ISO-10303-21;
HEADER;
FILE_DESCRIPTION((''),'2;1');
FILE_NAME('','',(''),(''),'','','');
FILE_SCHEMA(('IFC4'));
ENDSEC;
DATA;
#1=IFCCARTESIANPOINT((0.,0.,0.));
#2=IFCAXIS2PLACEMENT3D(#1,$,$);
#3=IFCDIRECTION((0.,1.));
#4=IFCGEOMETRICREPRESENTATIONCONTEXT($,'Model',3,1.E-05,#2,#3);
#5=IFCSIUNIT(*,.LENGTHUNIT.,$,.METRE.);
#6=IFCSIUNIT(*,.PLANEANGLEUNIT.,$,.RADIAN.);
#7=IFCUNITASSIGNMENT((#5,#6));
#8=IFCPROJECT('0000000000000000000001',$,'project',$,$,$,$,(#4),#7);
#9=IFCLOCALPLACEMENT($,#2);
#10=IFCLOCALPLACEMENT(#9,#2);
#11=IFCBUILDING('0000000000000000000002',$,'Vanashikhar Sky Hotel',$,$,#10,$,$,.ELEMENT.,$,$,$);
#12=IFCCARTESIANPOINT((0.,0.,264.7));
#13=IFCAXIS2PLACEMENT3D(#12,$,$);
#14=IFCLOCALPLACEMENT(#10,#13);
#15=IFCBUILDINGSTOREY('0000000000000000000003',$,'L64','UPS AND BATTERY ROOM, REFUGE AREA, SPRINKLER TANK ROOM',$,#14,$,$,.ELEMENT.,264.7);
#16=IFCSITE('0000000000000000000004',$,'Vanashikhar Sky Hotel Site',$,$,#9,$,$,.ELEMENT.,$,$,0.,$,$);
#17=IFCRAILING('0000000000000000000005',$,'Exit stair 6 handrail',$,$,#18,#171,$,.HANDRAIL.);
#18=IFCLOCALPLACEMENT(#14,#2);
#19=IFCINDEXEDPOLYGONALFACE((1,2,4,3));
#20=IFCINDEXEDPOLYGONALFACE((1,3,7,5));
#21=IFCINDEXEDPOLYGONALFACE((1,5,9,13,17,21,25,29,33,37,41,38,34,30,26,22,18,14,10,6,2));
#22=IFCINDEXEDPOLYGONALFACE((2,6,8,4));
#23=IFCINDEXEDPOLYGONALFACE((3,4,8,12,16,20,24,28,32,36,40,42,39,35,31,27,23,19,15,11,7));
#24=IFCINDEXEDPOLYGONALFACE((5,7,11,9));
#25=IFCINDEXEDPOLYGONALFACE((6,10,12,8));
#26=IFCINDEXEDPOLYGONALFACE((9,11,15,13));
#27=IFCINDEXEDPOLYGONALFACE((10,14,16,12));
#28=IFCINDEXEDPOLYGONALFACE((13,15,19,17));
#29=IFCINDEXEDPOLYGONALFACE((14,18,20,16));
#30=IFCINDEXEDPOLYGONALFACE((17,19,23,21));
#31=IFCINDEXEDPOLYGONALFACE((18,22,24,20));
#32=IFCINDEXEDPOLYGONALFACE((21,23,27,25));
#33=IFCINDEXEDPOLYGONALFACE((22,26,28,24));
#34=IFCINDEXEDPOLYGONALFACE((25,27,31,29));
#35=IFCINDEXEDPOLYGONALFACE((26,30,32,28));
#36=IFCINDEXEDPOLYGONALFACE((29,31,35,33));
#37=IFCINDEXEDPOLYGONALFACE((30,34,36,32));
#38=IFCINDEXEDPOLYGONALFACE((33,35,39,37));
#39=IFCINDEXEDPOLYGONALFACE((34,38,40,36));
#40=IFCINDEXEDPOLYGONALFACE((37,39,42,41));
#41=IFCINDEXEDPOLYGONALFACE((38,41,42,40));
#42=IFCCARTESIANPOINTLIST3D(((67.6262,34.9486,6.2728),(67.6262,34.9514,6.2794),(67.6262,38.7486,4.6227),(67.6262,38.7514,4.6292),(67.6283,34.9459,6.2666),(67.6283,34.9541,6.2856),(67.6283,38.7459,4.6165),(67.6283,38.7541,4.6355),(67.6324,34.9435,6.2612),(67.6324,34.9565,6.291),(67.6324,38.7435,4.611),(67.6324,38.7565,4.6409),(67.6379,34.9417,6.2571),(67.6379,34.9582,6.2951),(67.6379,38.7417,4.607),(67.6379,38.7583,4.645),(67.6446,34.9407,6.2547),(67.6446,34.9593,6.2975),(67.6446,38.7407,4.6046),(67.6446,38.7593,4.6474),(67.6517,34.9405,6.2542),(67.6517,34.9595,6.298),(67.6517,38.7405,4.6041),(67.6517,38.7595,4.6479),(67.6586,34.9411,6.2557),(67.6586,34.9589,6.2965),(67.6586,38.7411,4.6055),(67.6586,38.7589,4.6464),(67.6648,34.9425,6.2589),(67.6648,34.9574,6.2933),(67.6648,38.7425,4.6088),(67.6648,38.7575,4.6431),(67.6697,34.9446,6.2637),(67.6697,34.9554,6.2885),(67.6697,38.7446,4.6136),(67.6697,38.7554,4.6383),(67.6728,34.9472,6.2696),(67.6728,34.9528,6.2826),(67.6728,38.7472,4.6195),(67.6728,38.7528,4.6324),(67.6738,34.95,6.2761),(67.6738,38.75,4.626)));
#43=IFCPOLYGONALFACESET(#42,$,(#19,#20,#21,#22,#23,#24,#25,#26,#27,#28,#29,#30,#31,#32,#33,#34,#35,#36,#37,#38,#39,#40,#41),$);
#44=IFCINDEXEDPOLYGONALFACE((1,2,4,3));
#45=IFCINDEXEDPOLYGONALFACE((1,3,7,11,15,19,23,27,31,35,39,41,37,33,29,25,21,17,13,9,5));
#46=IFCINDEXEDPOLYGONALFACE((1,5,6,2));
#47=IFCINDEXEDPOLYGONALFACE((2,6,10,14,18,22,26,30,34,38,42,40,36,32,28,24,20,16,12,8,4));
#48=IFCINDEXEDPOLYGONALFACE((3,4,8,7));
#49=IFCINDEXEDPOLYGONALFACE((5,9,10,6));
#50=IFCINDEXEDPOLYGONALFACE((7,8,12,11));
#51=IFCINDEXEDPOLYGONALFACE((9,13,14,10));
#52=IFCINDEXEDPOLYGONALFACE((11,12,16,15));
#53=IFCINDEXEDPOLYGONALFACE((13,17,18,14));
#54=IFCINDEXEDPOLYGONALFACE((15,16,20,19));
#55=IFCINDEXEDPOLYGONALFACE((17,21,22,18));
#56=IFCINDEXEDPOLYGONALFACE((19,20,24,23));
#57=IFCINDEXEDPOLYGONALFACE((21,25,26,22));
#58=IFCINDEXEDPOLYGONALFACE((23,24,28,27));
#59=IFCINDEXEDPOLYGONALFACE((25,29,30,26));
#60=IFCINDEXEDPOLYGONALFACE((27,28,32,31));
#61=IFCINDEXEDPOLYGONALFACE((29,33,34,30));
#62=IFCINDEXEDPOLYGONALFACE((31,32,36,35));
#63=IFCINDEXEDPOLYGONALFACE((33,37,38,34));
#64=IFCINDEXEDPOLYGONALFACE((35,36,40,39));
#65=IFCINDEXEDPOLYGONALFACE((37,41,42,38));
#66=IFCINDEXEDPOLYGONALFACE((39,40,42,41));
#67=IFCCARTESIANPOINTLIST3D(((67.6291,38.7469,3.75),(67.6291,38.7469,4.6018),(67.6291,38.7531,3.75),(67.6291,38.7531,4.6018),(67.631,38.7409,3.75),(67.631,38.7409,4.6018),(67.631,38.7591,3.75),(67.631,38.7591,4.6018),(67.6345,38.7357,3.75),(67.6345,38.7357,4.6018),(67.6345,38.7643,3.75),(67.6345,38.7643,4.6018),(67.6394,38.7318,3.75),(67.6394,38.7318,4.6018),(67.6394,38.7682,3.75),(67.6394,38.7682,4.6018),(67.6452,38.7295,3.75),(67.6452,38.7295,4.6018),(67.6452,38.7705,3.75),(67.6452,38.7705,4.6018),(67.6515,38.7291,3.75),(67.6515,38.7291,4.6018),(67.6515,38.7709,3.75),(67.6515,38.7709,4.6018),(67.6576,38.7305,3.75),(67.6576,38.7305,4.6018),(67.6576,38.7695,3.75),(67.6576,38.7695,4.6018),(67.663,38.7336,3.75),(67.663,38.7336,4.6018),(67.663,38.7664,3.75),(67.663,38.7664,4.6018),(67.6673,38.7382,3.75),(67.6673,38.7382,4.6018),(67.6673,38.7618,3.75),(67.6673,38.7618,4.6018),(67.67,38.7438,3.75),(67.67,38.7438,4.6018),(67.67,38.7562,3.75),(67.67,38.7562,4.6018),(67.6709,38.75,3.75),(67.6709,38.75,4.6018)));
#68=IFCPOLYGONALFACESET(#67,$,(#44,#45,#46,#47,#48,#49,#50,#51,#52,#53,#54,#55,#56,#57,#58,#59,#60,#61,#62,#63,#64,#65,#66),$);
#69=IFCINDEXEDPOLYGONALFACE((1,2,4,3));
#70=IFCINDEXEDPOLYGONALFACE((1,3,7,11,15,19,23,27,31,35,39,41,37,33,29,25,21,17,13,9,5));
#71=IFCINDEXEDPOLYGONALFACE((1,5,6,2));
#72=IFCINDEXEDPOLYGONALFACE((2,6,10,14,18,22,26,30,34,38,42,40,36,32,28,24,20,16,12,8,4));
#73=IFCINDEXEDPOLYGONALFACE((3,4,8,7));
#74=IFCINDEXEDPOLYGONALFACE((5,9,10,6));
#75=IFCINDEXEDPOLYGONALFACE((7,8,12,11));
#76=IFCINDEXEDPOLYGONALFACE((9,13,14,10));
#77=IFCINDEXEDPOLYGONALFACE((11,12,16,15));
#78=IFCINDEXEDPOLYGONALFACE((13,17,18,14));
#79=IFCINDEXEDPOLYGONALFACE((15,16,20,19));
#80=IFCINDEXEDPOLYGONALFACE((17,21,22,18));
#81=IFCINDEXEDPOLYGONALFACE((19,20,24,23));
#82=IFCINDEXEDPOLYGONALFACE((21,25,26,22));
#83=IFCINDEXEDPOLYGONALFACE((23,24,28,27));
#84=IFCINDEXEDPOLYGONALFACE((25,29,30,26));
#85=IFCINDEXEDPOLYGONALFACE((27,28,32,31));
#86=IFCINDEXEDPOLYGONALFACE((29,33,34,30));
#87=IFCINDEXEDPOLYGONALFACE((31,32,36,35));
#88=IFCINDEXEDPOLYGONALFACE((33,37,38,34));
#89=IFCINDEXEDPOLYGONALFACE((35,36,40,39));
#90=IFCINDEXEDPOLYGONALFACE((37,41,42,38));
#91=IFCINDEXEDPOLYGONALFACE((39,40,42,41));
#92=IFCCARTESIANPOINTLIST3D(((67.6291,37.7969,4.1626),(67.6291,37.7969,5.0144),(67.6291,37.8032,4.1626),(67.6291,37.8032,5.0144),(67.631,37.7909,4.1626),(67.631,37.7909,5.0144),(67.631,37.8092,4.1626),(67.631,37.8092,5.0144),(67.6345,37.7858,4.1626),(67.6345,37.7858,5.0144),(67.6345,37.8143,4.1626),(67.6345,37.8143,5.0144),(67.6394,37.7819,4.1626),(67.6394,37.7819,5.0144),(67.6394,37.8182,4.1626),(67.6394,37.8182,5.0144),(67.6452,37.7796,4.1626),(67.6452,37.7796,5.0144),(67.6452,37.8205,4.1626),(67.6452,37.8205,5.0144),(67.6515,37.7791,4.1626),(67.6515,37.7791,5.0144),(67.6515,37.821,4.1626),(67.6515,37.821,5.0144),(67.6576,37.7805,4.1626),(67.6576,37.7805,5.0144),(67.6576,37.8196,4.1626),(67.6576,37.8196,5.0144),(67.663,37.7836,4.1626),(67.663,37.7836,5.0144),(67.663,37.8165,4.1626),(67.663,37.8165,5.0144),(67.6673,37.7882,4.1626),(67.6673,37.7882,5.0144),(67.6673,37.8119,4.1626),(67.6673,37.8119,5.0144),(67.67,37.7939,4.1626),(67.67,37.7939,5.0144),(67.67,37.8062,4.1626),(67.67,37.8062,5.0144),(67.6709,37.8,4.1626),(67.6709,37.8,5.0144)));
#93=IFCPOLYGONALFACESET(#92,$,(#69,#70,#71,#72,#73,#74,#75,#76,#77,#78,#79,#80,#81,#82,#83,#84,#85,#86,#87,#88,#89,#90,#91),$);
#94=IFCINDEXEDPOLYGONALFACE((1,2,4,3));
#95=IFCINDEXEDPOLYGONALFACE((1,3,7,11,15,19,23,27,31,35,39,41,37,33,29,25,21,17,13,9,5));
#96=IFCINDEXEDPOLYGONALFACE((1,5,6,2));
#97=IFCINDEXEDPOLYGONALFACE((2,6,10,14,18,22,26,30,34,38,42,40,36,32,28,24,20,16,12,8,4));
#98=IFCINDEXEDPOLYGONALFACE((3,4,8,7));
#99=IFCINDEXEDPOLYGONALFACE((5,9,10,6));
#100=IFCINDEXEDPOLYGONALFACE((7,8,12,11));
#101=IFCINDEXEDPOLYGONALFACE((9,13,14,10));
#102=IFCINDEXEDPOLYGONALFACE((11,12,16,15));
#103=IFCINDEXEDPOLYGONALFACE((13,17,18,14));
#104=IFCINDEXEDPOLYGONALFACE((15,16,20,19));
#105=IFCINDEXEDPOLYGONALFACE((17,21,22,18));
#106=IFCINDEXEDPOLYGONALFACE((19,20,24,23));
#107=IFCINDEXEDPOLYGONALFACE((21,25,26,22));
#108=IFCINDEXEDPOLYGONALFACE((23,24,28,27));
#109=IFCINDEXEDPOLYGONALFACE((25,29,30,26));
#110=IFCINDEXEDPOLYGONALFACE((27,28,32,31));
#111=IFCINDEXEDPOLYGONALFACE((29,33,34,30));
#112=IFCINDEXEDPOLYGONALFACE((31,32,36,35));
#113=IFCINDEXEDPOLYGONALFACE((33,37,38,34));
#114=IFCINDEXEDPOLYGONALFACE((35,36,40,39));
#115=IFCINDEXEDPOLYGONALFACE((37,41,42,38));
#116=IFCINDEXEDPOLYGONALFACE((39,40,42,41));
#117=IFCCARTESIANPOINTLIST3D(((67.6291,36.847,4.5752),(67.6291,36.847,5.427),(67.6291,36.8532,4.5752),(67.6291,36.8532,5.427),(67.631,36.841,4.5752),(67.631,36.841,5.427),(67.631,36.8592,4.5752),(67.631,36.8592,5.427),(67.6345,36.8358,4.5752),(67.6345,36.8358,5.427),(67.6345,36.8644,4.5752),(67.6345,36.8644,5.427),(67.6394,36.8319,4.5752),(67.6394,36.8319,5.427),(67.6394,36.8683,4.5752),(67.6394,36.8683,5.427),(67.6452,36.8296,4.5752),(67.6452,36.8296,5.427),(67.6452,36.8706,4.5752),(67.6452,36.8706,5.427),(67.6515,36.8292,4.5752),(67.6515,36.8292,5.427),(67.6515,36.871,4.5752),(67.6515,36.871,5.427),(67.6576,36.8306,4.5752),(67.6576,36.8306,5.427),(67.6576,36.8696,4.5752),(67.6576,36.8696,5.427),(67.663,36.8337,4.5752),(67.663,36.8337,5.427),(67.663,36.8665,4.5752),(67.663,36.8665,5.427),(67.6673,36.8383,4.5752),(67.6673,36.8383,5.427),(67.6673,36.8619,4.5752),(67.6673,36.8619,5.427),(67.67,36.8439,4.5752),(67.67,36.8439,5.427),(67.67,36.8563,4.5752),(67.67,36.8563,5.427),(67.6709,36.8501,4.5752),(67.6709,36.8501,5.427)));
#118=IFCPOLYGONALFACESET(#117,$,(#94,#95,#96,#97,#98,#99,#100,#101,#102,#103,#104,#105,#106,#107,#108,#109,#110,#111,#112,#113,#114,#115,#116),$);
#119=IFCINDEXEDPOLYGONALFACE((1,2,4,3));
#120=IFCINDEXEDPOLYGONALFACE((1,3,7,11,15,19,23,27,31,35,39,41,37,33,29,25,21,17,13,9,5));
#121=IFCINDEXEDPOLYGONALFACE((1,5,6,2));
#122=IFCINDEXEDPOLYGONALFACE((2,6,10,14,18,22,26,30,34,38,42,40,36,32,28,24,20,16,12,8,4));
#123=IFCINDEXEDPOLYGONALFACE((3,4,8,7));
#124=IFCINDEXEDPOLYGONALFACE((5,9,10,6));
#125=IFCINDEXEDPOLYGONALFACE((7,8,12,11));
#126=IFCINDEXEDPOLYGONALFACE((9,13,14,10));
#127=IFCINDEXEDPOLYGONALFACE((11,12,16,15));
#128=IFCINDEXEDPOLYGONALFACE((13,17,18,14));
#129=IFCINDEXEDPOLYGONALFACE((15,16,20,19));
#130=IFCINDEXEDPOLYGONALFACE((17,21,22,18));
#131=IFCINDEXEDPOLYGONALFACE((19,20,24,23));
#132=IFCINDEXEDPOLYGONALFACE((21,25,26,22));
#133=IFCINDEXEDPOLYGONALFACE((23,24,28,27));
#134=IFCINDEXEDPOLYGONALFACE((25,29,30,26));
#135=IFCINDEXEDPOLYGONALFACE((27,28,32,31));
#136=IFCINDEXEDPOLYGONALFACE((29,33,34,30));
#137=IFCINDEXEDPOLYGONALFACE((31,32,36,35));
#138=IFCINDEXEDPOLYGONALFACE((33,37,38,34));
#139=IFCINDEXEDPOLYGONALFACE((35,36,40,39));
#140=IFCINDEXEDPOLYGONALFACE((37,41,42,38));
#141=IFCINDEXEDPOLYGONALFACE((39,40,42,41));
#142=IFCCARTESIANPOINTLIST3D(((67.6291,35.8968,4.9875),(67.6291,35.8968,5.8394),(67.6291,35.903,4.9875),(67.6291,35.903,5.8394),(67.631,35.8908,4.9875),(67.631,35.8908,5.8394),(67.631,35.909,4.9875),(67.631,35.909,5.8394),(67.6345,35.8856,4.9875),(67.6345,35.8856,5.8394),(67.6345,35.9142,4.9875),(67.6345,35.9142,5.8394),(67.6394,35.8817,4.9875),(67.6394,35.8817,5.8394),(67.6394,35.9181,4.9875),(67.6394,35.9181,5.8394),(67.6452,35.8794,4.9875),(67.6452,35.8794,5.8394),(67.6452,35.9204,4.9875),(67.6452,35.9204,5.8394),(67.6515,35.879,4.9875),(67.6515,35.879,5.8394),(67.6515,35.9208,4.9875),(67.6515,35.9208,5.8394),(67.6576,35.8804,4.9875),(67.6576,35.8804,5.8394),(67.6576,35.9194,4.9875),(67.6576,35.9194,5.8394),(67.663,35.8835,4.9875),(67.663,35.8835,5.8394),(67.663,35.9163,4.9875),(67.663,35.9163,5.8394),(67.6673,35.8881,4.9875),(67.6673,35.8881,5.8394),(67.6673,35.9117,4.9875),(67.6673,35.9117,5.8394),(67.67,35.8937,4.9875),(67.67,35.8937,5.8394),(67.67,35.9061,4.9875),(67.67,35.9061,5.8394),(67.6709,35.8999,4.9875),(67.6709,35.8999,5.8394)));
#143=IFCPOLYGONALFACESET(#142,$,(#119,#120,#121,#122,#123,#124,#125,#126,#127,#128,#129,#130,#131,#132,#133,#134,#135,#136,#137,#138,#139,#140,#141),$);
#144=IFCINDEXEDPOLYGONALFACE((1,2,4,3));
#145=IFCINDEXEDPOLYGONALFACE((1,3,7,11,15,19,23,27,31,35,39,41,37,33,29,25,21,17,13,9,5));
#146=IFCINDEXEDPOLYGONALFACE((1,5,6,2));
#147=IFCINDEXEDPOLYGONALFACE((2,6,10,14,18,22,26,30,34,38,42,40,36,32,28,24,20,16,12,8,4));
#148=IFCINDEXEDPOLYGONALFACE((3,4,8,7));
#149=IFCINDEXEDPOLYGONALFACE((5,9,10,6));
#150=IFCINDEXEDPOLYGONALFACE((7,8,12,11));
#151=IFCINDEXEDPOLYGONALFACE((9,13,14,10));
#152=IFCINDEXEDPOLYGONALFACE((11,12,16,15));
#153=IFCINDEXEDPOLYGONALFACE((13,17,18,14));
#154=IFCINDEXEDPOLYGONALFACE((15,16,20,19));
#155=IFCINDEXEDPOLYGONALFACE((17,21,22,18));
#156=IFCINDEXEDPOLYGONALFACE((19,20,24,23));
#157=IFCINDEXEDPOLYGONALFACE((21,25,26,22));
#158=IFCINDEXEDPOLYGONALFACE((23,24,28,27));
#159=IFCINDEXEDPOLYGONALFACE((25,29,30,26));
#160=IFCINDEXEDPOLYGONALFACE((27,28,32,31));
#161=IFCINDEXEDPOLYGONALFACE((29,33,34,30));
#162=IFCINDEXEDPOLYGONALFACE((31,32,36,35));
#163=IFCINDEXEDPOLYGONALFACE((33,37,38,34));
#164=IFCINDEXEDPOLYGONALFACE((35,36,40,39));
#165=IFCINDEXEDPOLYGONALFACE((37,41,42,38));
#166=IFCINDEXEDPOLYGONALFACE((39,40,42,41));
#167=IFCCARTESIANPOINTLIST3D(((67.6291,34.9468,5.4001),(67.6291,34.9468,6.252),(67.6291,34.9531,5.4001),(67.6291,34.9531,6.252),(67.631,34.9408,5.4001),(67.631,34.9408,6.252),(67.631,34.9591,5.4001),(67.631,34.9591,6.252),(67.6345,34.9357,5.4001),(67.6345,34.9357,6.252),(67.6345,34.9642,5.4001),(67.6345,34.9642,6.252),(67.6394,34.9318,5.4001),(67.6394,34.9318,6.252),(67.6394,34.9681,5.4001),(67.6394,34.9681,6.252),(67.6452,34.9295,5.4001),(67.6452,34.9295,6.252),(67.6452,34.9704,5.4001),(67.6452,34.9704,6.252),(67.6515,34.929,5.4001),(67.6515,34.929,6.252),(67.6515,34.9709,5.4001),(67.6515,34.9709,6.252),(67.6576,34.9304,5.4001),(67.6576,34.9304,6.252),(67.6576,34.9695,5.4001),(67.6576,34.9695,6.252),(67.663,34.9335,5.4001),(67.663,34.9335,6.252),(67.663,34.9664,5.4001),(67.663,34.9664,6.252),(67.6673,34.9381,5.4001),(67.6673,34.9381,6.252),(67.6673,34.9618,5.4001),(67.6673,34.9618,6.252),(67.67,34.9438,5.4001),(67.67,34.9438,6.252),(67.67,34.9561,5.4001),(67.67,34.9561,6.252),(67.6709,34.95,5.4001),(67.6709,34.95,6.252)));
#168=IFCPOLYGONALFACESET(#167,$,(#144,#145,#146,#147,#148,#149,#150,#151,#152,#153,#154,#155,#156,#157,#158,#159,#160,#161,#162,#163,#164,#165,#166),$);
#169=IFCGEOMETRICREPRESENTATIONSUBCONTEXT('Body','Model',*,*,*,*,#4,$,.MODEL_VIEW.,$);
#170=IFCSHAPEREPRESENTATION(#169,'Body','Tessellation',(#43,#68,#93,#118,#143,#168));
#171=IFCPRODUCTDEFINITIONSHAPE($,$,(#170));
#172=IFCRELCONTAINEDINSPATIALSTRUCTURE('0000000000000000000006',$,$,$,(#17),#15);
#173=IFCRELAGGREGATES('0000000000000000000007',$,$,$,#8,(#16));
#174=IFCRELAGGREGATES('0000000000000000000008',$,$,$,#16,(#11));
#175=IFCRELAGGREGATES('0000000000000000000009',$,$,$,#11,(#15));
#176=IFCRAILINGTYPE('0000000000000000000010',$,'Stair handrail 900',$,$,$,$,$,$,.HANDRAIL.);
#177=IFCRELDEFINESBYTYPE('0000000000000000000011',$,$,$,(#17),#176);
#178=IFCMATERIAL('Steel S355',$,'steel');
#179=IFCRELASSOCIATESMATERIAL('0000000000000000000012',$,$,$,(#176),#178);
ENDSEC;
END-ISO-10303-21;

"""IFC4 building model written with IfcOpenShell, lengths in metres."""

from ifc_helpers import new_model, si_unit, direction, frame, origin, origin_2d, place, context, subcontext, project, spatial, circle, extrude, source, transform, mapped, material, type_object, element, save


model = new_model("IFC4")

# Units and contexts
model_context = context("Model", 3, precision=1e-05, world=origin(), true_north=direction((0.0, 1.0)))
body_context = subcontext(model_context, "Body", "Model", "MODEL_VIEW")
ifc_project = project(units=[si_unit("LENGTHUNIT", "METRE"), si_unit("PLANEANGLEUNIT", "RADIAN")], contexts=[model_context])

# Site, building, storey
site_placement = place(None, origin())
site = spatial("IfcSite", under=ifc_project, at=site_placement, Name="Vanashikhar Sky Hotel Site", CompositionType="ELEMENT", RefElevation=0.0)
building_placement = place(site_placement, origin())
building = spatial("IfcBuilding", under=site, at=building_placement, Name="Vanashikhar Sky Hotel", CompositionType="ELEMENT")
storey_placement = place(building_placement, frame((0.0, 0.0, 264.7)))
storey = spatial("IfcBuildingStorey", under=building, at=storey_placement, Name="L64", Description="UPS AND BATTERY ROOM, REFUGE AREA, SPRINKLER TANK ROOM", CompositionType="ELEMENT", Elevation=264.7)

# Railing
ifc_material_1 = material(Name="Steel S355", Category="steel")
railing_type_1 = type_object("IfcRailingType", Name="Stair handrail 900", PredefinedType="HANDRAIL", material=ifc_material_1)
shared_shape_1 = source(origin(), body_context, "Body", "SweptSolid", [
    extrude(circle(Radius=0.0239, at=origin_2d()), frame((0.0, 0.0, 0.876), z_axis=(0.0, -0.917251, 0.39831), x_axis=(1.0, 0.0, 0.0)), (0.0, 0.0, 1.0), 4.1428),
    extrude(circle(Radius=0.021, at=origin_2d()), origin(), (0.0, 0.0, 1.0), 0.8518),
    extrude(circle(Radius=0.021, at=origin_2d()), frame((0.0, -0.95, 0.4126)), (0.0, 0.0, 1.0), 0.8518),
    extrude(circle(Radius=0.021, at=origin_2d()), frame((0.0, -1.8999, 0.8252)), (0.0, 0.0, 1.0), 0.8518),
    extrude(circle(Radius=0.021, at=origin_2d()), frame((0.0, -2.8501, 1.2375)), (0.0, 0.0, 1.0), 0.8518),
    extrude(circle(Radius=0.021, at=origin_2d()), frame((0.0, -3.8, 1.6501)), (0.0, 0.0, 1.0), 0.8518),
])
for number, where, name in (
    (1, (67.6499, 38.75, 3.75), "Exit stair 6 handrail"),
):
    element("IfcRailing", number, at=place(storey_placement, frame(where)), inside=storey, type_object=railing_type_1, Name=name, PredefinedType="HANDRAIL", context=body_context, shape_type="MappedRepresentation", body=[
        mapped(shared_shape_1, transform((0.0, 0.0, 0.0), scale=1.0)),
    ])

save(model, "model.ifc")
